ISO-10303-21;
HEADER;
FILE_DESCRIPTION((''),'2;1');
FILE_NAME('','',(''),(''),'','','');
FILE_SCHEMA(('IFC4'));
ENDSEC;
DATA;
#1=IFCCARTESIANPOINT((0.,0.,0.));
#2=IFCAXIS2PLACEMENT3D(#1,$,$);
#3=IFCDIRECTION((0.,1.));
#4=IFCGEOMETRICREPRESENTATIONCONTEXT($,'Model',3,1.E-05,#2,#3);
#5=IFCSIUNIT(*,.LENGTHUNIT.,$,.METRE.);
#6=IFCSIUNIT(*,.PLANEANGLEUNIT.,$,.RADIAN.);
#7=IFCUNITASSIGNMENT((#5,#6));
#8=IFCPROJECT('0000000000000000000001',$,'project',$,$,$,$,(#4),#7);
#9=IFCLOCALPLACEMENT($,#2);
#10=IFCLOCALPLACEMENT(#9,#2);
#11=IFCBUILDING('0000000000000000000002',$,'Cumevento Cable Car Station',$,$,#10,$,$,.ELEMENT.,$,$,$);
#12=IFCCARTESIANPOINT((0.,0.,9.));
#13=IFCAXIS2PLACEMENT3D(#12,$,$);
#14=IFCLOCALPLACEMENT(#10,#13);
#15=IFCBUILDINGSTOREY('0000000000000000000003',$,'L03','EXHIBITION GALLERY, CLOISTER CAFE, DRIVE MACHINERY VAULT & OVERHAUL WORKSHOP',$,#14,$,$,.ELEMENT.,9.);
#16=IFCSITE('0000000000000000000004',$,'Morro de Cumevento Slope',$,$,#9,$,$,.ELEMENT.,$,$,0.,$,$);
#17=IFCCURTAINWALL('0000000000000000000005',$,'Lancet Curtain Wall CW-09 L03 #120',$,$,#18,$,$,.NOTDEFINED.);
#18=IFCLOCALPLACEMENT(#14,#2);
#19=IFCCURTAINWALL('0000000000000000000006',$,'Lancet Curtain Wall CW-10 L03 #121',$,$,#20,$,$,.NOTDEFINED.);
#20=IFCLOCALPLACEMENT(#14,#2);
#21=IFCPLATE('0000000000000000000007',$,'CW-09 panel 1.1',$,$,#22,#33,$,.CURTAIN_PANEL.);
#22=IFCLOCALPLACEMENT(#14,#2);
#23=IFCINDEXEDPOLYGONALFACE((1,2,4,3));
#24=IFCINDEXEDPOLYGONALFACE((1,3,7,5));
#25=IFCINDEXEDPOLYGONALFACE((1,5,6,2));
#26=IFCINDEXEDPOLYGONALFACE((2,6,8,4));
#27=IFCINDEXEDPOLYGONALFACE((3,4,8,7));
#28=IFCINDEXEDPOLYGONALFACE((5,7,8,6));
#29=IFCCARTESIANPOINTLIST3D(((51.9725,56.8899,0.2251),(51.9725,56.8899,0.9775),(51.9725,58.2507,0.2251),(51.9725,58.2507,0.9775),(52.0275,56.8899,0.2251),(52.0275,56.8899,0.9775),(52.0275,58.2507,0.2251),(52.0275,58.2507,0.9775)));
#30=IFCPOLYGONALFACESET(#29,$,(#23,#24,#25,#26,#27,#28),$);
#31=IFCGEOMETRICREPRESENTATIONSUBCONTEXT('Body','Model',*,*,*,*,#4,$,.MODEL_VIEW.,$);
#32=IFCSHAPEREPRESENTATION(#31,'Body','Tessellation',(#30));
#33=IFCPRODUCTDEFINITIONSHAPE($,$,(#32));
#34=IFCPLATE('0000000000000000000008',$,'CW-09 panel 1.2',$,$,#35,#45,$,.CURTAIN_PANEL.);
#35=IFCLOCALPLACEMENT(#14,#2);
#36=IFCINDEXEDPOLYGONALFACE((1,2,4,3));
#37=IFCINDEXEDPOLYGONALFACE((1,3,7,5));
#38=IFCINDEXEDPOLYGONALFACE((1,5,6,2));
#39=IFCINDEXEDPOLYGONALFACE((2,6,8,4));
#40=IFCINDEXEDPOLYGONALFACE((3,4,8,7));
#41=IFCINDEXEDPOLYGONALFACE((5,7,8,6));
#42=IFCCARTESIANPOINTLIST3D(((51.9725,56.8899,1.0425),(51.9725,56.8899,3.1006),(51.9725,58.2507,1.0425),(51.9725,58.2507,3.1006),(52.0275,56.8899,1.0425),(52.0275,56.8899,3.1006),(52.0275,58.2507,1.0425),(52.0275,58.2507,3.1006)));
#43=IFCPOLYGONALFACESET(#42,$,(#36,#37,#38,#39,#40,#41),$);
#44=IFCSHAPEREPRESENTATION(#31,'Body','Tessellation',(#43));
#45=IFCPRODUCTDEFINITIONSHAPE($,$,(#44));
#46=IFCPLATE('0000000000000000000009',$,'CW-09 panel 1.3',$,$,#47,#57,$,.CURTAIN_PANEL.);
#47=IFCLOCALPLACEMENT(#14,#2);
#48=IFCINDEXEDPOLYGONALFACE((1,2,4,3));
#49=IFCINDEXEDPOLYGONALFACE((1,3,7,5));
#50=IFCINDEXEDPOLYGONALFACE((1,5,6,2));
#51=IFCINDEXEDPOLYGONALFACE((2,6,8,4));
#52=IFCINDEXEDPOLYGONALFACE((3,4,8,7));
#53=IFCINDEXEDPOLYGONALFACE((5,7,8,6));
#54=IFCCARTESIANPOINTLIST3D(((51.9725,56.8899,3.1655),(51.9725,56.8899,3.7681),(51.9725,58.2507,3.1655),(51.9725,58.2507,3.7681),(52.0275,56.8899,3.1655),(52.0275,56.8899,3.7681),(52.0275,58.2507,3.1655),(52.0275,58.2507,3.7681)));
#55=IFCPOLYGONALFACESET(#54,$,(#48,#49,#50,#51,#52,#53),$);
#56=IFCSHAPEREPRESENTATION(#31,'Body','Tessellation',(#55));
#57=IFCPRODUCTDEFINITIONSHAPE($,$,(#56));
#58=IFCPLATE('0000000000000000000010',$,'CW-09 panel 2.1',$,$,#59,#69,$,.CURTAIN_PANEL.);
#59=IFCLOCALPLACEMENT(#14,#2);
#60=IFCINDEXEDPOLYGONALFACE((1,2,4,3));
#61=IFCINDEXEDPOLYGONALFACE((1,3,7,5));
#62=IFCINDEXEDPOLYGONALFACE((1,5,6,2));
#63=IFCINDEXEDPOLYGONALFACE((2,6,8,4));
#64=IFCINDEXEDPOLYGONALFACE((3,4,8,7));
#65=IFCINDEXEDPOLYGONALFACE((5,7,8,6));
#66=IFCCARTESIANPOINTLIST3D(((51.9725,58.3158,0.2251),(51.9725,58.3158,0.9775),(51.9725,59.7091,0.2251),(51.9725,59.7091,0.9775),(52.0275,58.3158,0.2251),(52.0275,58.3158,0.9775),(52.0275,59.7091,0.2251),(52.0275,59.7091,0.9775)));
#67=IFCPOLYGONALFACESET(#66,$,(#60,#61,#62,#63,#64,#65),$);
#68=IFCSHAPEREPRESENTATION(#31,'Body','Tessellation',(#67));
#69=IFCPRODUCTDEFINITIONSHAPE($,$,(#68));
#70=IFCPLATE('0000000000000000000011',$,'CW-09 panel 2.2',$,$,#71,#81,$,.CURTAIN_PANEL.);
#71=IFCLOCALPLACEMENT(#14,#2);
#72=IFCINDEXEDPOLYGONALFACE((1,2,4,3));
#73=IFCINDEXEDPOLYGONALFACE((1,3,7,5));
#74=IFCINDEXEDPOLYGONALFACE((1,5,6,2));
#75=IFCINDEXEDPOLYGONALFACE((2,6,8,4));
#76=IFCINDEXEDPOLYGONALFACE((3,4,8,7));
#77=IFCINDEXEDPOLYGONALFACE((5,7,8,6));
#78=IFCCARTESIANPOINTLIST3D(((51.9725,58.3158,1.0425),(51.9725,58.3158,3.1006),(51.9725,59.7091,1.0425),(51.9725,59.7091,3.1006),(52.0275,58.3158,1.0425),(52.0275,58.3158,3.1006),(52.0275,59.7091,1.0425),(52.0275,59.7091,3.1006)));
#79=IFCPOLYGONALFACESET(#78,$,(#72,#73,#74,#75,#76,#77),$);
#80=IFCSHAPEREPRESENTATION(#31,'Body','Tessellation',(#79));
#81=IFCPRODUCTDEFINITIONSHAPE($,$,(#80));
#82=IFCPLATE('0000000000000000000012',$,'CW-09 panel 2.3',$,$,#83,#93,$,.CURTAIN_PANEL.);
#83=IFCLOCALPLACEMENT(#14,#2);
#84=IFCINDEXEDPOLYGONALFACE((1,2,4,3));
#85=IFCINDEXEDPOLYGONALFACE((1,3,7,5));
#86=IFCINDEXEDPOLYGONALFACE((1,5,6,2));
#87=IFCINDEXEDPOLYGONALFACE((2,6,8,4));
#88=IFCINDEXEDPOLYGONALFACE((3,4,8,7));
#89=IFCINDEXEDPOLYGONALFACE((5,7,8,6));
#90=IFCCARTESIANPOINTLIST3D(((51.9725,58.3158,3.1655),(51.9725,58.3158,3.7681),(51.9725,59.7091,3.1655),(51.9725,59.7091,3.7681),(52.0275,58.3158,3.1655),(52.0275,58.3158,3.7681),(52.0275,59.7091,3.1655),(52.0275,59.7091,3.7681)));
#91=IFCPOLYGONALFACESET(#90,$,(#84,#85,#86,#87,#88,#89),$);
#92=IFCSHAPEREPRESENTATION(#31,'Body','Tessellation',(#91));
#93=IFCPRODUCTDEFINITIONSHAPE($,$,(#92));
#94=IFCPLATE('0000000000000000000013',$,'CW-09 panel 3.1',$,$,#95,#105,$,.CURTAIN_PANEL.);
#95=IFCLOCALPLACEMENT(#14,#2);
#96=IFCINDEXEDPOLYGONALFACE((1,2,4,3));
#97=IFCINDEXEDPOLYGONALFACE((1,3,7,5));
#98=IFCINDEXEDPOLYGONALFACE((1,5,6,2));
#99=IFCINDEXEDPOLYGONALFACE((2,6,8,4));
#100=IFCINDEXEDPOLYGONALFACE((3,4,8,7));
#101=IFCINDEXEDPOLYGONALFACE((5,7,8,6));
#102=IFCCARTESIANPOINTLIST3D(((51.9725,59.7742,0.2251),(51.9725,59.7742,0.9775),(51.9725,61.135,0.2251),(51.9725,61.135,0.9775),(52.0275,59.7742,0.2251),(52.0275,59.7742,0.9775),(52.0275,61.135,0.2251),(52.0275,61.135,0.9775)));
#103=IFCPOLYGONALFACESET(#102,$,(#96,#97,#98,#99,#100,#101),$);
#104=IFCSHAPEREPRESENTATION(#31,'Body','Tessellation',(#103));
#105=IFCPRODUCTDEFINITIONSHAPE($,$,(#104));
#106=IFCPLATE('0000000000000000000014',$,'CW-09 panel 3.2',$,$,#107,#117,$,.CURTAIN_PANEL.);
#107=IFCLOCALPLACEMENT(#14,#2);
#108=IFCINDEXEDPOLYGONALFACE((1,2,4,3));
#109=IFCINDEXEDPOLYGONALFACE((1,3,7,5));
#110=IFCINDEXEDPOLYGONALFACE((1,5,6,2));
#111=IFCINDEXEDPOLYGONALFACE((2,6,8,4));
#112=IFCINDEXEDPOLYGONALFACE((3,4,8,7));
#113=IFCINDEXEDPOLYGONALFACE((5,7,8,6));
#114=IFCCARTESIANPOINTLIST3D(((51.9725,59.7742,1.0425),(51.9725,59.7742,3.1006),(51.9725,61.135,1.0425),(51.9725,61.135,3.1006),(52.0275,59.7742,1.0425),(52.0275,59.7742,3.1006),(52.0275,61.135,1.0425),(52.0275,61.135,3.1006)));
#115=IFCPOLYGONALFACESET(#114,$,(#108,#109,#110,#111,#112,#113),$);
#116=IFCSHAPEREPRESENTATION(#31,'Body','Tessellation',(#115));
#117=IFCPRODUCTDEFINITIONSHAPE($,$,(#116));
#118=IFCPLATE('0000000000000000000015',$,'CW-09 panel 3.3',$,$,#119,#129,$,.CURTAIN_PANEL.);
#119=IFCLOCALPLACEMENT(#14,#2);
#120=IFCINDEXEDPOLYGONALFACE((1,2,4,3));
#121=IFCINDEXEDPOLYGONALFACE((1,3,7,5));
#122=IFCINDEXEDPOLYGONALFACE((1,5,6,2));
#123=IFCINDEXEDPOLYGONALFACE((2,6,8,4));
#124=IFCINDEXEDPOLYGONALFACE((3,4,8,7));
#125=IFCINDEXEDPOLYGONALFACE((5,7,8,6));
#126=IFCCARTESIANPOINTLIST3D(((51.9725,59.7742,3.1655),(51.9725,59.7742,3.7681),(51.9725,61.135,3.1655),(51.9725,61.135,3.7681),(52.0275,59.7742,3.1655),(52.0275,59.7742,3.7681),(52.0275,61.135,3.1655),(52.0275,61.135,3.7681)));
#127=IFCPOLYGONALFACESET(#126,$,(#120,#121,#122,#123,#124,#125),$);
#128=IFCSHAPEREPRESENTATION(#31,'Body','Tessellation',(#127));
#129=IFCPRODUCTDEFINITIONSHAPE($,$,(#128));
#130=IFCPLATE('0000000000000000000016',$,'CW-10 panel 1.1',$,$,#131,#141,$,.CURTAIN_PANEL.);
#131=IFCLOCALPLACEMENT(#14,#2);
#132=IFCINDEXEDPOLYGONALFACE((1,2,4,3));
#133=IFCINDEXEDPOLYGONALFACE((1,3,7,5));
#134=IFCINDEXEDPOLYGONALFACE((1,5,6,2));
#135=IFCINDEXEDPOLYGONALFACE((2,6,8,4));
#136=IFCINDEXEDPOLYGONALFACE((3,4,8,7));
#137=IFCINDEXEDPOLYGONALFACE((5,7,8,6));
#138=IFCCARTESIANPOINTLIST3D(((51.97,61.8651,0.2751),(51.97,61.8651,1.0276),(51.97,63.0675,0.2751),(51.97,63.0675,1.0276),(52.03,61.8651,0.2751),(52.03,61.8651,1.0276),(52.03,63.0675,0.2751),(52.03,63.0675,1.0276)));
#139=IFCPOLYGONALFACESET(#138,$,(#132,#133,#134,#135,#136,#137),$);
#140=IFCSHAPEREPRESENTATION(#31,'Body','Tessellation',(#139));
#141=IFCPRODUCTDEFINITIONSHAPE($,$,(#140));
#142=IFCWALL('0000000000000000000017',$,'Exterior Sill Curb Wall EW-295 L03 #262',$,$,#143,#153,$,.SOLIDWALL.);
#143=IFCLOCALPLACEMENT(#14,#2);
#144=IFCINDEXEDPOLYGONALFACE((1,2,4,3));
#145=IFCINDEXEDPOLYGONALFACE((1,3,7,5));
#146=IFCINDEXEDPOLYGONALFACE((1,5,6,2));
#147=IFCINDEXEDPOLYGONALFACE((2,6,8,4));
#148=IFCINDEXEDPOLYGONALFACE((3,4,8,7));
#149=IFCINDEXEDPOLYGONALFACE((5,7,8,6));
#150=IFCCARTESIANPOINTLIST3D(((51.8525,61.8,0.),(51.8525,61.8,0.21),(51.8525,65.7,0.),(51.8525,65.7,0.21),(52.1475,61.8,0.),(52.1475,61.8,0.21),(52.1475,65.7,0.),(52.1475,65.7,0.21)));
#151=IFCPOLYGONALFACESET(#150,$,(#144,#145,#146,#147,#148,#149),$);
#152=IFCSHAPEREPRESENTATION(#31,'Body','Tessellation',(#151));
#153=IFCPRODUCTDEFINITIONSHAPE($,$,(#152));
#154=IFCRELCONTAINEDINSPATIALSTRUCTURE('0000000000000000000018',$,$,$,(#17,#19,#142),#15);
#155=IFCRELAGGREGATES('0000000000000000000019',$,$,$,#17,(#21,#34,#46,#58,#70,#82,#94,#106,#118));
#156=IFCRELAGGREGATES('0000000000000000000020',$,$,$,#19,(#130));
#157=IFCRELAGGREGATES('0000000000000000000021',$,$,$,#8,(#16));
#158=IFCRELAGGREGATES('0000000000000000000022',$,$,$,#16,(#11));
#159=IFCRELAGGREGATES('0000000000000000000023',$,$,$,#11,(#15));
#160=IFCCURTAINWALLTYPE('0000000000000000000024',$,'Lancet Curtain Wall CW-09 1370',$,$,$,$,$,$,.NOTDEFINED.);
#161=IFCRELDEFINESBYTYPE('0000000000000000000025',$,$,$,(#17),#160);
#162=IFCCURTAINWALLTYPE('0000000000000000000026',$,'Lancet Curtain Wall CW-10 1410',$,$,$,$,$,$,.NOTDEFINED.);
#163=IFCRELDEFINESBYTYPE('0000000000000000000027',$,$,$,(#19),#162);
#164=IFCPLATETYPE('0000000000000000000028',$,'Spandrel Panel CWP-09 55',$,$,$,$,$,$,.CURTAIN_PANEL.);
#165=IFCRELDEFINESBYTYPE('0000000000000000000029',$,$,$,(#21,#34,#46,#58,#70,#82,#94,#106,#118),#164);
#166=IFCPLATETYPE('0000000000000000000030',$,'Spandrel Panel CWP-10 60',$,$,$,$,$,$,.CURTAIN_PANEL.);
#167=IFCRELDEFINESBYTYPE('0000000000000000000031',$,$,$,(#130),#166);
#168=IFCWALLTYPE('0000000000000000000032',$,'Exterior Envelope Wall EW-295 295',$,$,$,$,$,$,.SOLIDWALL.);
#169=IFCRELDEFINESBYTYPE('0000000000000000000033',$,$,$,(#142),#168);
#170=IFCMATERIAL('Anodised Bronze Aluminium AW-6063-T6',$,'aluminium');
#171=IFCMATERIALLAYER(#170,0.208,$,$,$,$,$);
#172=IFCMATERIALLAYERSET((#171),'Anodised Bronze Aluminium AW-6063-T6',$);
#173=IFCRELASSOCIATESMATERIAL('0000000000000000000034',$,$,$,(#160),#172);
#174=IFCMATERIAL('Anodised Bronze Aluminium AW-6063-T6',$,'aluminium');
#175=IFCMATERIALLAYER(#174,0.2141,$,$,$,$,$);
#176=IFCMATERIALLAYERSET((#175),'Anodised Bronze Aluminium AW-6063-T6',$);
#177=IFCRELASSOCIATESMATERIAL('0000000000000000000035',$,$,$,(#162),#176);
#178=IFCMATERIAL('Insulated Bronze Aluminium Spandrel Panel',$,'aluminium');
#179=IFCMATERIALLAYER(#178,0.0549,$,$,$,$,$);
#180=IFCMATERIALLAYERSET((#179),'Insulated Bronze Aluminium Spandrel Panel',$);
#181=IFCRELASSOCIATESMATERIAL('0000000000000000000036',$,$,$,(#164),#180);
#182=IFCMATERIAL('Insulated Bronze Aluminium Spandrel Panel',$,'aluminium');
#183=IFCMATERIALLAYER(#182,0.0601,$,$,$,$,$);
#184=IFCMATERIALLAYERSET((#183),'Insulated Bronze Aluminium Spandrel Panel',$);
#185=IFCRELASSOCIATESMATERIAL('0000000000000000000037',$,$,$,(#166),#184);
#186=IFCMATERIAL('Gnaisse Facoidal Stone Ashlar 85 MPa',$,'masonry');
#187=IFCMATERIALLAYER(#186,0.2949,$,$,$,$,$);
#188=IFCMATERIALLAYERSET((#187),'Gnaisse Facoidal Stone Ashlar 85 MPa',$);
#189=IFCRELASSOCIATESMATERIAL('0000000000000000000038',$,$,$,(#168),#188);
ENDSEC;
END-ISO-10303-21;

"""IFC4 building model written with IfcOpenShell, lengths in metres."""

from ifc_helpers import new_model, si_unit, direction, frame, frame_2d, origin, origin_2d, place, context, subcontext, project, spatial, rectangle, extrude, material, layer, layer_set, type_object, element, aggregate, save


model = new_model("IFC4")

# Units and contexts
model_context = context("Model", 3, precision=1e-05, world=origin(), true_north=direction((0.0, 1.0)))
body_context = subcontext(model_context, "Body", "Model", "MODEL_VIEW")
ifc_project = project(units=[si_unit("LENGTHUNIT", "METRE"), si_unit("PLANEANGLEUNIT", "RADIAN")], contexts=[model_context])

# Site, building, storey
site_placement = place(None, origin())
site = spatial("IfcSite", under=ifc_project, at=site_placement, Name="Morro de Cumevento Slope", CompositionType="ELEMENT", RefElevation=0.0)
building_placement = place(site_placement, origin())
building = spatial("IfcBuilding", under=site, at=building_placement, Name="Cumevento Cable Car Station", CompositionType="ELEMENT")
storey_placement = place(building_placement, frame((0.0, 0.0, 9.0)))
storey = spatial("IfcBuildingStorey", under=building, at=storey_placement, Name="L03", Description="EXHIBITION GALLERY, CLOISTER CAFE, DRIVE MACHINERY VAULT & OVERHAUL WORKSHOP", CompositionType="ELEMENT", Elevation=9.0)

# Curtain wall
ifc_material_1 = material(Name="Anodised Bronze Aluminium AW-6063-T6", Category="aluminium")
ifc_layer_1 = layer(ifc_material_1, 0.208)
ifc_layer_set_1 = layer_set([ifc_layer_1], Name="Anodised Bronze Aluminium AW-6063-T6")
curtain_wall_type_1 = type_object("IfcCurtainWallType", Name="Lancet Curtain Wall CW-09 1370", PredefinedType="NOTDEFINED", material=ifc_layer_set_1)
curtain_wall_1_placement = place(storey_placement, origin())
curtain_wall_1 = element("IfcCurtainWall", 1, at=curtain_wall_1_placement, inside=storey, type_object=curtain_wall_type_1, Name="Lancet Curtain Wall CW-09 L03 #120", PredefinedType="NOTDEFINED")

# Curtain wall
ifc_material_2 = material(Name="Anodised Bronze Aluminium AW-6063-T6", Category="aluminium")
ifc_layer_2 = layer(ifc_material_2, 0.2141)
ifc_layer_set_2 = layer_set([ifc_layer_2], Name="Anodised Bronze Aluminium AW-6063-T6")
curtain_wall_type_2 = type_object("IfcCurtainWallType", Name="Lancet Curtain Wall CW-10 1410", PredefinedType="NOTDEFINED", material=ifc_layer_set_2)
curtain_wall_2_placement = place(storey_placement, origin())
curtain_wall_2 = element("IfcCurtainWall", 2, at=curtain_wall_2_placement, inside=storey, type_object=curtain_wall_type_2, Name="Lancet Curtain Wall CW-10 L03 #121", PredefinedType="NOTDEFINED")

# Plates
ifc_material_3 = material(Name="Insulated Bronze Aluminium Spandrel Panel", Category="aluminium")
ifc_layer_3 = layer(ifc_material_3, 0.0549)
ifc_layer_set_3 = layer_set([ifc_layer_3], Name="Insulated Bronze Aluminium Spandrel Panel")
plate_type_1 = type_object("IfcPlateType", Name="Spandrel Panel CWP-09 55", PredefinedType="CURTAIN_PANEL", material=ifc_layer_set_3)
plate_1_placement = place(storey_placement, frame((52.0, 57.5703, 0.2251), z_axis=(0.0, 0.0, 1.0), x_axis=(0.0, 1.0, 0.0)))
plate_1 = element("IfcPlate", 3, at=plate_1_placement, type_object=plate_type_1, Name="CW-09 panel 1.1", PredefinedType="CURTAIN_PANEL", context=body_context, shape_type="SweptSolid", body=[
    extrude(rectangle(XDim=1.3608, YDim=0.0549, at=origin_2d()), origin(), (0.0, 0.0, 1.0), 0.7524),
])
plate_2_placement = place(storey_placement, frame((52.0, 57.5703, 1.0425), z_axis=(0.0, 0.0, 1.0), x_axis=(0.0, 1.0, 0.0)))
plate_2 = element("IfcPlate", 4, at=plate_2_placement, type_object=plate_type_1, Name="CW-09 panel 1.2", PredefinedType="CURTAIN_PANEL", context=body_context, shape_type="SweptSolid", body=[
    extrude(rectangle(XDim=1.3608, YDim=0.0549, at=origin_2d()), origin(), (0.0, 0.0, 1.0), 2.0581),
])
plate_3_placement = place(storey_placement, frame((52.0, 57.5703, 3.1655), z_axis=(0.0, 0.0, 1.0), x_axis=(0.0, 1.0, 0.0)))
plate_3 = element("IfcPlate", 5, at=plate_3_placement, type_object=plate_type_1, Name="CW-09 panel 1.3", PredefinedType="CURTAIN_PANEL", context=body_context, shape_type="SweptSolid", body=[
    extrude(rectangle(XDim=1.3608, YDim=0.0549, at=origin_2d()), origin(), (0.0, 0.0, 1.0), 0.6025),
])
plate_4_placement = place(storey_placement, frame((52.0, 59.0125, 0.2251), z_axis=(0.0, 0.0, 1.0), x_axis=(0.0, 1.0, 0.0)))
plate_4 = element("IfcPlate", 6, at=plate_4_placement, type_object=plate_type_1, Name="CW-09 panel 2.1", PredefinedType="CURTAIN_PANEL", context=body_context, shape_type="SweptSolid", body=[
    extrude(rectangle(XDim=1.3933, YDim=0.0549, at=origin_2d()), origin(), (0.0, 0.0, 1.0), 0.7524),
])
plate_5_placement = place(storey_placement, frame((52.0, 59.0125, 1.0425), z_axis=(0.0, 0.0, 1.0), x_axis=(0.0, 1.0, 0.0)))
plate_5 = element("IfcPlate", 7, at=plate_5_placement, type_object=plate_type_1, Name="CW-09 panel 2.2", PredefinedType="CURTAIN_PANEL", context=body_context, shape_type="SweptSolid", body=[
    extrude(rectangle(XDim=1.3933, YDim=0.0549, at=origin_2d()), origin(), (0.0, 0.0, 1.0), 2.0581),
])
plate_6_placement = place(storey_placement, frame((52.0, 59.0125, 3.1655), z_axis=(0.0, 0.0, 1.0), x_axis=(0.0, 1.0, 0.0)))
plate_6 = element("IfcPlate", 8, at=plate_6_placement, type_object=plate_type_1, Name="CW-09 panel 2.3", PredefinedType="CURTAIN_PANEL", context=body_context, shape_type="SweptSolid", body=[
    extrude(rectangle(XDim=1.3933, YDim=0.0549, at=origin_2d()), origin(), (0.0, 0.0, 1.0), 0.6025),
])
plate_7_placement = place(storey_placement, frame((52.0, 60.4546, 0.2251), z_axis=(0.0, 0.0, 1.0), x_axis=(0.0, 1.0, 0.0)))
plate_7 = element("IfcPlate", 9, at=plate_7_placement, type_object=plate_type_1, Name="CW-09 panel 3.1", PredefinedType="CURTAIN_PANEL", context=body_context, shape_type="SweptSolid", body=[
    extrude(rectangle(XDim=1.3608, YDim=0.0549, at=origin_2d()), origin(), (0.0, 0.0, 1.0), 0.7524),
])
plate_8_placement = place(storey_placement, frame((52.0, 60.4546, 1.0425), z_axis=(0.0, 0.0, 1.0), x_axis=(0.0, 1.0, 0.0)))
plate_8 = element("IfcPlate", 10, at=plate_8_placement, type_object=plate_type_1, Name="CW-09 panel 3.2", PredefinedType="CURTAIN_PANEL", context=body_context, shape_type="SweptSolid", body=[
    extrude(rectangle(XDim=1.3608, YDim=0.0549, at=origin_2d()), origin(), (0.0, 0.0, 1.0), 2.0581),
])
plate_9_placement = place(storey_placement, frame((52.0, 60.4546, 3.1655), z_axis=(0.0, 0.0, 1.0), x_axis=(0.0, 1.0, 0.0)))
plate_9 = element("IfcPlate", 11, at=plate_9_placement, type_object=plate_type_1, Name="CW-09 panel 3.3", PredefinedType="CURTAIN_PANEL", context=body_context, shape_type="SweptSolid", body=[
    extrude(rectangle(XDim=1.3608, YDim=0.0549, at=origin_2d()), origin(), (0.0, 0.0, 1.0), 0.6025),
])
aggregate(curtain_wall_1, [plate_1, plate_2, plate_3, plate_4, plate_5, plate_6, plate_7, plate_8, plate_9])
ifc_material_4 = material(Name="Insulated Bronze Aluminium Spandrel Panel", Category="aluminium")
ifc_layer_4 = layer(ifc_material_4, 0.0601)
ifc_layer_set_4 = layer_set([ifc_layer_4], Name="Insulated Bronze Aluminium Spandrel Panel")
plate_type_2 = type_object("IfcPlateType", Name="Spandrel Panel CWP-10 60", PredefinedType="CURTAIN_PANEL", material=ifc_layer_set_4)
plate_10_placement = place(storey_placement, frame((52.0, 62.4663, 0.2751), z_axis=(0.0, 0.0, 1.0), x_axis=(0.0, 1.0, 0.0)))
plate_10 = element("IfcPlate", 12, at=plate_10_placement, type_object=plate_type_2, Name="CW-10 panel 1.1", PredefinedType="CURTAIN_PANEL", context=body_context, shape_type="SweptSolid", body=[
    extrude(rectangle(XDim=1.2024, YDim=0.0601, at=origin_2d()), origin(), (0.0, 0.0, 1.0), 0.7524),
])
aggregate(curtain_wall_2, [plate_10])

# Wall
ifc_material_5 = material(Name="Gnaisse Facoidal Stone Ashlar 85 MPa", Category="masonry")
ifc_layer_5 = layer(ifc_material_5, 0.2949)
ifc_layer_set_5 = layer_set([ifc_layer_5], Name="Gnaisse Facoidal Stone Ashlar 85 MPa")
wall_type = type_object("IfcWallType", Name="Exterior Envelope Wall EW-295 295", PredefinedType="SOLIDWALL", material=ifc_layer_set_5)
wall_placement = place(storey_placement, frame((52.0, 61.8, 0.0), z_axis=(0.0, 0.0, 1.0), x_axis=(0.0, 1.0, 0.0)))
element("IfcWall", 13, at=wall_placement, inside=storey, type_object=wall_type, Name="Exterior Sill Curb Wall EW-295 L03 #262", PredefinedType="SOLIDWALL", context=body_context, shape_type="SweptSolid", body=[
    extrude(rectangle(XDim=3.8999, YDim=0.2949, at=frame_2d((1.95, 0.0))), origin(), (0.0, 0.0, 1.0), 0.21),
])

save(model, "model.ifc")
